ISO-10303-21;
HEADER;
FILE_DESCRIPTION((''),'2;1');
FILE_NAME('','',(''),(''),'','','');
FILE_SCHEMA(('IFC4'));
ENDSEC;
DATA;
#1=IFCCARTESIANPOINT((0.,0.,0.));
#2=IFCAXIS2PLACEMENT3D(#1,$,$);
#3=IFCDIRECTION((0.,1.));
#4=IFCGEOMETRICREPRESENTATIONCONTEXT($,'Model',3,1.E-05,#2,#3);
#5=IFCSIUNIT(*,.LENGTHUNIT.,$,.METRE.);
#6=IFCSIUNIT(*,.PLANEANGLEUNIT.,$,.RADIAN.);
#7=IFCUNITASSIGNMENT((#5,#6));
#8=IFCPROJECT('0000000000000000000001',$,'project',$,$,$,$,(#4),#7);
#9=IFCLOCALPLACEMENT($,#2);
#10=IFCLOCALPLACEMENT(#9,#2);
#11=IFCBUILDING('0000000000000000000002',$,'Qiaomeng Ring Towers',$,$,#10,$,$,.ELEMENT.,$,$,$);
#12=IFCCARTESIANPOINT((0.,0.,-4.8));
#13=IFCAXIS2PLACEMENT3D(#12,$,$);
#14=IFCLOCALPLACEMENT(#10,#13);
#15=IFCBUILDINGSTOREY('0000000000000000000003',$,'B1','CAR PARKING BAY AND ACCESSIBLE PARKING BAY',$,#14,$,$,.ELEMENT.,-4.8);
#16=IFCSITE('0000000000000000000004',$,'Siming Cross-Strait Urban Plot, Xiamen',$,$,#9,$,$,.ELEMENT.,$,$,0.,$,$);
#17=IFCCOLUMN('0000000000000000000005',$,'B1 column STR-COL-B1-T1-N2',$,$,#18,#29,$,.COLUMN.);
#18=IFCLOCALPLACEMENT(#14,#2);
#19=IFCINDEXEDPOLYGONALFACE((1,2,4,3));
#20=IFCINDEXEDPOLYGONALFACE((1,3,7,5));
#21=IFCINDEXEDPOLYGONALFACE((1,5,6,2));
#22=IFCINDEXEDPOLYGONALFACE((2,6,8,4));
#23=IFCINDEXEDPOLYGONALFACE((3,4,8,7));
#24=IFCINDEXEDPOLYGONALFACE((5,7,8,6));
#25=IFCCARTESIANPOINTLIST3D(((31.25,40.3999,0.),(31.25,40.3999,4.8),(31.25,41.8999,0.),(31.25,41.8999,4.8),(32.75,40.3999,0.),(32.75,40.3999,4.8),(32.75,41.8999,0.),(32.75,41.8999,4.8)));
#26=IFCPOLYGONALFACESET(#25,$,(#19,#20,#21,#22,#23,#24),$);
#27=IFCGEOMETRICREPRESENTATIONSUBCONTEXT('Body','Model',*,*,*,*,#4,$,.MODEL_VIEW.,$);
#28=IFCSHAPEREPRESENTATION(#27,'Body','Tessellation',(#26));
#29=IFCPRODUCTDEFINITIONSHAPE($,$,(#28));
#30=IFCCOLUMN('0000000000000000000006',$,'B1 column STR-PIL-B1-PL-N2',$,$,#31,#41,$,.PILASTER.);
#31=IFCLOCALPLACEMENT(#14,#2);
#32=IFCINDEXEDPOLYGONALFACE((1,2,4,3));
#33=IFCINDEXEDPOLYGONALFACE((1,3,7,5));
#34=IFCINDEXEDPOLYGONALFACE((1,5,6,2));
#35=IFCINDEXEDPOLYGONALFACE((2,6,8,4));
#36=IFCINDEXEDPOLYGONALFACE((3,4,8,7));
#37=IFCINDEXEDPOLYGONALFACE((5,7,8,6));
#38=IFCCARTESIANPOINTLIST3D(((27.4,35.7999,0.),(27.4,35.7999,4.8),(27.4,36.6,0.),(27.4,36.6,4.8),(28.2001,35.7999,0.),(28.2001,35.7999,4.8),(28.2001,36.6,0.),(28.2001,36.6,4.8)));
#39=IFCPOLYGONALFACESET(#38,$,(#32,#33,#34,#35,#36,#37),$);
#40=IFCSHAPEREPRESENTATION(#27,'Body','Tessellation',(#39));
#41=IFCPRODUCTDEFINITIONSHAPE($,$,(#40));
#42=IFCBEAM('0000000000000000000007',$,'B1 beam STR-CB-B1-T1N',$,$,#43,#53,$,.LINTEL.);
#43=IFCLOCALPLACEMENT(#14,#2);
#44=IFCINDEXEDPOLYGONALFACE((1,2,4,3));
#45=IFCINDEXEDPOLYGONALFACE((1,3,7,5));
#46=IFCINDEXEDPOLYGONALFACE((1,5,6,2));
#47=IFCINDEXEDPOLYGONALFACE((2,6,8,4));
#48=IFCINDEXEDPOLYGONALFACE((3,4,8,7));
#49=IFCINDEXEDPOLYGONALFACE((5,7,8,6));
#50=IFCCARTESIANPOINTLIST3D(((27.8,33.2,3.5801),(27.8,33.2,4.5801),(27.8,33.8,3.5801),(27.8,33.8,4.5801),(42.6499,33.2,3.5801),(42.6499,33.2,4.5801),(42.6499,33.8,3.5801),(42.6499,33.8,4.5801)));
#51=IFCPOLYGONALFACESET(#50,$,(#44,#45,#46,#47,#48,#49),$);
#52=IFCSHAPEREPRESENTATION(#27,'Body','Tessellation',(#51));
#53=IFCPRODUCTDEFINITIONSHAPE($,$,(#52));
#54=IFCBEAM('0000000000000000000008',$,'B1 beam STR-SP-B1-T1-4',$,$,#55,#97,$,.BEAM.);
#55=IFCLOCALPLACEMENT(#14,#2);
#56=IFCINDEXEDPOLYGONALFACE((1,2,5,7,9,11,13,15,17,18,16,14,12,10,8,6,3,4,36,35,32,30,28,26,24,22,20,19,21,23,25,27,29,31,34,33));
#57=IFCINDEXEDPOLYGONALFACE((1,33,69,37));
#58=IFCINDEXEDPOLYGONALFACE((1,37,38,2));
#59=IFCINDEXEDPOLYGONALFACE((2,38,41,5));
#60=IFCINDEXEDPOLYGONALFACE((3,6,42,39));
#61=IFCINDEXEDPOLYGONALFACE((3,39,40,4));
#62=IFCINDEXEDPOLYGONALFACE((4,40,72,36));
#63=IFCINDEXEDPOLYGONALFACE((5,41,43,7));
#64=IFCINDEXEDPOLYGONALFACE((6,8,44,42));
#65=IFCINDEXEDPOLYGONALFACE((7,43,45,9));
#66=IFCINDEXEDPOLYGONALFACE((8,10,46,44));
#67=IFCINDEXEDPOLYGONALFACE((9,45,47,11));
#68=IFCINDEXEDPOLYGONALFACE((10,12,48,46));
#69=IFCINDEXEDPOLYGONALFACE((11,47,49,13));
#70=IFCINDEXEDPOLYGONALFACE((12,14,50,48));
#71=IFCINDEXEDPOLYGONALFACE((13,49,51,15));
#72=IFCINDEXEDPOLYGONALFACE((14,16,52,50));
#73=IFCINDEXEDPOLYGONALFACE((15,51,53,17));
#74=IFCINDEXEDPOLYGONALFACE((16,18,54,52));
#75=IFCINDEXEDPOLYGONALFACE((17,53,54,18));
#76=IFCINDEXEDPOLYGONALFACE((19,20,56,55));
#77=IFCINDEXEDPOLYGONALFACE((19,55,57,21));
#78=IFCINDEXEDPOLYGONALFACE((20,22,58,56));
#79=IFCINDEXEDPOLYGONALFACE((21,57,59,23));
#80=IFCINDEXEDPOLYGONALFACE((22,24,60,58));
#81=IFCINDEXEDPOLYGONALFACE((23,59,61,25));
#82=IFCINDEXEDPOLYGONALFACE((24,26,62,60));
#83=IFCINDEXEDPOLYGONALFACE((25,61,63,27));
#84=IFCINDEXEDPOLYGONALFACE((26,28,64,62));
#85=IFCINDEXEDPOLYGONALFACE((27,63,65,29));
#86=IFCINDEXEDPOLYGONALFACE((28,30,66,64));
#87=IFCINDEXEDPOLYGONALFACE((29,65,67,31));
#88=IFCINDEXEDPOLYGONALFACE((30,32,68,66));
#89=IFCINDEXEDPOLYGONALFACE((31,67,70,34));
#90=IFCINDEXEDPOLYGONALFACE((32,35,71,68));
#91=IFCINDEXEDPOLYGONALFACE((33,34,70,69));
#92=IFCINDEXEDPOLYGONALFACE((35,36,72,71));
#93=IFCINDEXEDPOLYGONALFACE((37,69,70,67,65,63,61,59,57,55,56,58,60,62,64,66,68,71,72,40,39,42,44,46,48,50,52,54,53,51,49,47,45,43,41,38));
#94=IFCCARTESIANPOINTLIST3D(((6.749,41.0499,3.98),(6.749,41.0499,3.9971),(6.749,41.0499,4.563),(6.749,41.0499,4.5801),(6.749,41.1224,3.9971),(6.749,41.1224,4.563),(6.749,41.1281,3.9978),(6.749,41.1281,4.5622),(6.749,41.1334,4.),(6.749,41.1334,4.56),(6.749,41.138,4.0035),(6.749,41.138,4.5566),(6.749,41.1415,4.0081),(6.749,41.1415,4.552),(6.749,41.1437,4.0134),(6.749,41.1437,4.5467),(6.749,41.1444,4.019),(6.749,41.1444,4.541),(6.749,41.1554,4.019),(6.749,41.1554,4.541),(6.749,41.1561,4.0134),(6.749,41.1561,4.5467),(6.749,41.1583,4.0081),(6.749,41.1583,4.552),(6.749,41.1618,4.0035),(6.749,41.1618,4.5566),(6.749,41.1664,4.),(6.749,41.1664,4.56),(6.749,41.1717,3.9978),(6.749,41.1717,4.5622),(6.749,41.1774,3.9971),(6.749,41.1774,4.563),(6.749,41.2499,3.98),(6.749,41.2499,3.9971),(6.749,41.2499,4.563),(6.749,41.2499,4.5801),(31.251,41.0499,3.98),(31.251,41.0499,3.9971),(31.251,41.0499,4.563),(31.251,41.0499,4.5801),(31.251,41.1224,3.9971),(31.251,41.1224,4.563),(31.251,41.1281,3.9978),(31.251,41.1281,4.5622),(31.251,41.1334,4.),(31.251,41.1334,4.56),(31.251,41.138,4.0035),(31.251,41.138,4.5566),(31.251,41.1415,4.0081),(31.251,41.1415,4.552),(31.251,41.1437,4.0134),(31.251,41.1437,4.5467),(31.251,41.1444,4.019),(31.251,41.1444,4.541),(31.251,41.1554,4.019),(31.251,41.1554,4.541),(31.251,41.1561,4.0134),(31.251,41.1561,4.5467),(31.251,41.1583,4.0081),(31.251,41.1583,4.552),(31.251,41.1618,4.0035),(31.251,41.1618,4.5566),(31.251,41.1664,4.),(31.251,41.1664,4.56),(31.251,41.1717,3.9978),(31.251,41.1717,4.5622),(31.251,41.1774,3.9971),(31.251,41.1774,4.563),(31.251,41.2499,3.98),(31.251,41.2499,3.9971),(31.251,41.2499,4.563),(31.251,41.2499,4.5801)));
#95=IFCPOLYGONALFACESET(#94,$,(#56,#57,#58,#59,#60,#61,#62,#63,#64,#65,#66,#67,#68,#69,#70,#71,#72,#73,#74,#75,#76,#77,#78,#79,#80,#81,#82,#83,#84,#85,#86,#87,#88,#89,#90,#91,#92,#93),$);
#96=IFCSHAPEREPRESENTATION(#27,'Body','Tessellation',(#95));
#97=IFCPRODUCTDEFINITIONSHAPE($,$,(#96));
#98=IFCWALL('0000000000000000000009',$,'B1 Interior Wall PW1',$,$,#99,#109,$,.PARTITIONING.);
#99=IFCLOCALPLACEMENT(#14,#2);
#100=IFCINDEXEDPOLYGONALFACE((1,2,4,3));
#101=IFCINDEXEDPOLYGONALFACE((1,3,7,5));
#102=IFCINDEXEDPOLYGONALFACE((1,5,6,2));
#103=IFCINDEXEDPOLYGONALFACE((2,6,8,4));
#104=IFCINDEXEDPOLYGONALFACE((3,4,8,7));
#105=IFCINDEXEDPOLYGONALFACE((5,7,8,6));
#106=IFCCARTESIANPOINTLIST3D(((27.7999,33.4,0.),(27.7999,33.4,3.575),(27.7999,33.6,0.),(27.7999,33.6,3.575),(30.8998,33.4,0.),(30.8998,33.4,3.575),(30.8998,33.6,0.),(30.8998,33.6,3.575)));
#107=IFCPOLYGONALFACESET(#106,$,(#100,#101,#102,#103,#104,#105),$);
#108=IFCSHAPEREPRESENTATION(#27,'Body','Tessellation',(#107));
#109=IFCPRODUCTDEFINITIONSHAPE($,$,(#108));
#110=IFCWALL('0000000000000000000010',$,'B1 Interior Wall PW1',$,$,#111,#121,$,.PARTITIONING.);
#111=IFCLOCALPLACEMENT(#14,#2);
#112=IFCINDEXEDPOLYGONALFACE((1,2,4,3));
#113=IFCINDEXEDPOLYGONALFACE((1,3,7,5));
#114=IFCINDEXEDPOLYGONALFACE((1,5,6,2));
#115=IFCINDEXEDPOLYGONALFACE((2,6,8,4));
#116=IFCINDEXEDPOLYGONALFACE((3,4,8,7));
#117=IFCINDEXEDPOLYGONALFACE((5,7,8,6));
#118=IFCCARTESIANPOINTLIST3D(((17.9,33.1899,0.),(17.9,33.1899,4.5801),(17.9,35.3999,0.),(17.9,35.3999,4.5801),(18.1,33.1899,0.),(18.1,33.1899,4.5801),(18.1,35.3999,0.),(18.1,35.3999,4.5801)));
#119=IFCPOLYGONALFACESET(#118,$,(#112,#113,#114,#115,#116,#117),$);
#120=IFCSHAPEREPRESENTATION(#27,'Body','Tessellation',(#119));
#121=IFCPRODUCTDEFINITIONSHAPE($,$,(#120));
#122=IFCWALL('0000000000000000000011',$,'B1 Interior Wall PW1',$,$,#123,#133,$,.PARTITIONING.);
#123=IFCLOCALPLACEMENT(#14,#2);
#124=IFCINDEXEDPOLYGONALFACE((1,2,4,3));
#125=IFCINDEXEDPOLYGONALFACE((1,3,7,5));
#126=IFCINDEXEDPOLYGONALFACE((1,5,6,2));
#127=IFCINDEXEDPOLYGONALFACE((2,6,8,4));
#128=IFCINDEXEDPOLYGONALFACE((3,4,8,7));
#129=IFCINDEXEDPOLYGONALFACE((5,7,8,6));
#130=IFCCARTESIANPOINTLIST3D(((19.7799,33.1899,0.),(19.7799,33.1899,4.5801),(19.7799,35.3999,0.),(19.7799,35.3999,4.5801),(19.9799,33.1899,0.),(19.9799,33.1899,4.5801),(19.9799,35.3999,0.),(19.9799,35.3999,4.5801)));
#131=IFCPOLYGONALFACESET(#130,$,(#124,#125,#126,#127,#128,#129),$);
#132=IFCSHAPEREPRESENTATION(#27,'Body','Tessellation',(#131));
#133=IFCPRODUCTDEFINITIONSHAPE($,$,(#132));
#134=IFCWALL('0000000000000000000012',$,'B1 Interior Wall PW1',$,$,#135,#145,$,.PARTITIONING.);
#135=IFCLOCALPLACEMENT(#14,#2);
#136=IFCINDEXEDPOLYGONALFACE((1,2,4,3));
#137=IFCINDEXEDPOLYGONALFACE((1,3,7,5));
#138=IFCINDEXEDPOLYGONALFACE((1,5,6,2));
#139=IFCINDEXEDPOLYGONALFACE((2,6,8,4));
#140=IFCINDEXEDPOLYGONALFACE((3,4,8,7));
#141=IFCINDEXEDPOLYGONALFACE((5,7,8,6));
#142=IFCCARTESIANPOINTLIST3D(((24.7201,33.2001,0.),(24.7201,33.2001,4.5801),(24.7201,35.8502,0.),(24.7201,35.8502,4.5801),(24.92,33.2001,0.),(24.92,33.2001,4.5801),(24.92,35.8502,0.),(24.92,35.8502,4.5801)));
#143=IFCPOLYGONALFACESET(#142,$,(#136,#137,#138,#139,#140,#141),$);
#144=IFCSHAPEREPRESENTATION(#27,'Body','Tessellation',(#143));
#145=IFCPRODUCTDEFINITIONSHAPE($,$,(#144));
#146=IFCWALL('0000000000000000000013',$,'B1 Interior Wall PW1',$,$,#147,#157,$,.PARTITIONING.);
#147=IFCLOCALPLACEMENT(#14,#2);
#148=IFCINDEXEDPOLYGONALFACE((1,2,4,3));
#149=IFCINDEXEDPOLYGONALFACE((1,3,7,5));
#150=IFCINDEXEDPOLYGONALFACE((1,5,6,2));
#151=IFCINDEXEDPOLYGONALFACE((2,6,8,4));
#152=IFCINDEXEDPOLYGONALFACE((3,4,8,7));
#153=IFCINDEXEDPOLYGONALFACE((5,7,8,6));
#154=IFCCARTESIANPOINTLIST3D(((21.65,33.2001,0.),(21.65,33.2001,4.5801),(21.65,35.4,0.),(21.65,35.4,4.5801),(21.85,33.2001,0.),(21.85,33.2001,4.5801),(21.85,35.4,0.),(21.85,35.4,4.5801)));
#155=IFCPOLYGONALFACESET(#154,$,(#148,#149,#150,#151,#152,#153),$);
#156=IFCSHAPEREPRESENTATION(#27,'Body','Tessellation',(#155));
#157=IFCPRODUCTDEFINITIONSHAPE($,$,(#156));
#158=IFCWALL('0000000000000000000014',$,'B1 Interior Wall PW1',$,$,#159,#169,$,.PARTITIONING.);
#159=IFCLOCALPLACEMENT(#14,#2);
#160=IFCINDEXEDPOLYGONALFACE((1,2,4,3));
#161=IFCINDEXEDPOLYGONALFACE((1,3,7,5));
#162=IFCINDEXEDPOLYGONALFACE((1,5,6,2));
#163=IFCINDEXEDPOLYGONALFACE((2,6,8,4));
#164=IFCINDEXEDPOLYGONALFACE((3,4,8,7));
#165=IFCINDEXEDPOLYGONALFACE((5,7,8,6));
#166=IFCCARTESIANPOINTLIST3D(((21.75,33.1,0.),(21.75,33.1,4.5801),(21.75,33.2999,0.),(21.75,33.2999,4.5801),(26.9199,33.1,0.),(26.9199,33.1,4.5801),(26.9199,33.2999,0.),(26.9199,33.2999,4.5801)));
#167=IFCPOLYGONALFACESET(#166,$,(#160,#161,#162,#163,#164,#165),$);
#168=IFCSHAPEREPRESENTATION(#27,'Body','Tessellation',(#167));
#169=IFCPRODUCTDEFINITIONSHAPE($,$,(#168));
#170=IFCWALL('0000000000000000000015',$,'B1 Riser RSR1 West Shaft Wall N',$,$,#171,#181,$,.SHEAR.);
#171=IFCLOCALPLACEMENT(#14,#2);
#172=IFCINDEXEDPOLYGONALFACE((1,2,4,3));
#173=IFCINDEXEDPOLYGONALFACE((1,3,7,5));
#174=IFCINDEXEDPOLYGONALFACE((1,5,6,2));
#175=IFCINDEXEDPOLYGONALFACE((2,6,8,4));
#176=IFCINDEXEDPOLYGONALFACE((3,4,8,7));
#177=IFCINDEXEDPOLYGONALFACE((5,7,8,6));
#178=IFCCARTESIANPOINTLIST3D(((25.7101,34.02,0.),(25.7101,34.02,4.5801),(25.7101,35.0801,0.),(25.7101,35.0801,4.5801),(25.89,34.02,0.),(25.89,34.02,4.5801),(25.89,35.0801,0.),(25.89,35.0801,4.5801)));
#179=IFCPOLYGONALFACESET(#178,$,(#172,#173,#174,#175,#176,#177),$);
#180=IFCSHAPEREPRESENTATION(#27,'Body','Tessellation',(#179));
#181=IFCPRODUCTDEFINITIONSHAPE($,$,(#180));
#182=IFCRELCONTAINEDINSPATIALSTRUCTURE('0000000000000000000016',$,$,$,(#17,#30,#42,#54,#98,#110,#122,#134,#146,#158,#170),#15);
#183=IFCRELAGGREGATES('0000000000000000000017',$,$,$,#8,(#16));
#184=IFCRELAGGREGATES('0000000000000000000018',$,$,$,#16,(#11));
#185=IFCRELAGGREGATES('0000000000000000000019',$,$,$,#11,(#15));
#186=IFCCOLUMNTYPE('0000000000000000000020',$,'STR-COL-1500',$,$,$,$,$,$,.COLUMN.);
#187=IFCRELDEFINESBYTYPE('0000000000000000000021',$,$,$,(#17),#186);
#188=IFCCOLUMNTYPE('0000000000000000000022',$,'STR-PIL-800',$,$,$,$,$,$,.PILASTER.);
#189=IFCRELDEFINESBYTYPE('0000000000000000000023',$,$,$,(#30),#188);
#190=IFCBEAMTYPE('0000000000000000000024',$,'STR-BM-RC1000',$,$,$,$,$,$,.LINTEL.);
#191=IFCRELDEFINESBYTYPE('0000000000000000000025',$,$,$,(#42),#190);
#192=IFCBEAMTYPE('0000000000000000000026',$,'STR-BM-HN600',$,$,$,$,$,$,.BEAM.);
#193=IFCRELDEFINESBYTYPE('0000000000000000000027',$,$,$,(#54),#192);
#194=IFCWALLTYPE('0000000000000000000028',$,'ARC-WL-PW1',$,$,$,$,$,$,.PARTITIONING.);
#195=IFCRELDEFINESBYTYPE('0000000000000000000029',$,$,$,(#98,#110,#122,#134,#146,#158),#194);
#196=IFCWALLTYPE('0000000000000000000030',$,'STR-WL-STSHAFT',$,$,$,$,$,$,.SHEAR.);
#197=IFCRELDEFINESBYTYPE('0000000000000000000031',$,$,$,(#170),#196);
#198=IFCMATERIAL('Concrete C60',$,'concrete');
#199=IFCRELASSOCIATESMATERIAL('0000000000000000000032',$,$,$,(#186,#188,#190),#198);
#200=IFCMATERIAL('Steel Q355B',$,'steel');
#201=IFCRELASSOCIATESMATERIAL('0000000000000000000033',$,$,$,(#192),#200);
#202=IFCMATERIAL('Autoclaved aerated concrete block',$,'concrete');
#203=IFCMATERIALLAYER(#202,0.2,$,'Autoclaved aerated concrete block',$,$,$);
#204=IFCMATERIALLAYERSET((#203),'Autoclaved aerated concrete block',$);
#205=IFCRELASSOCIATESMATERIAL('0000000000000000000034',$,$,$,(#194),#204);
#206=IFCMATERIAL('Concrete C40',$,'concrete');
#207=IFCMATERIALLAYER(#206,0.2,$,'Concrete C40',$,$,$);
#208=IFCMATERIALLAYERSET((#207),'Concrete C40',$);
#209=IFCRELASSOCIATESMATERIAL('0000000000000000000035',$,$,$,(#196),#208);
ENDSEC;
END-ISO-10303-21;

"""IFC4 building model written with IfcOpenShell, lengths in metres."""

from ifc_helpers import new_model, si_unit, direction, frame, frame_2d, origin, origin_2d, place, context, subcontext, project, spatial, rectangle, i_section, extrude, source, transform, mapped, material, layer, layer_set, material_profile, profile_set, type_object, element, save


model = new_model("IFC4")

# Units and contexts
model_context = context("Model", 3, precision=1e-05, world=origin(), true_north=direction((0.0, 1.0)))
body_context = subcontext(model_context, "Body", "Model", "MODEL_VIEW")
ifc_project = project(units=[si_unit("LENGTHUNIT", "METRE"), si_unit("PLANEANGLEUNIT", "RADIAN")], contexts=[model_context])

# Site, building, storey
site_placement = place(None, origin())
site = spatial("IfcSite", under=ifc_project, at=site_placement, Name="Siming Cross-Strait Urban Plot, Xiamen", CompositionType="ELEMENT", RefElevation=0.0)
building_placement = place(site_placement, origin())
building = spatial("IfcBuilding", under=site, at=building_placement, Name="Qiaomeng Ring Towers", CompositionType="ELEMENT")
storey_placement = place(building_placement, frame((0.0, 0.0, -4.8)))
storey = spatial("IfcBuildingStorey", under=building, at=storey_placement, Name="B1", Description="CAR PARKING BAY AND ACCESSIBLE PARKING BAY", CompositionType="ELEMENT", Elevation=-4.8)

# Columns
ifc_material_1 = material(Name="Concrete C60", Category="concrete")
ifc_material_profile_1 = material_profile(ifc_material_1, rectangle(XDim=1.5, YDim=1.5, at=origin_2d()), Name="RC COL 1500x1500")
ifc_profile_set_1 = profile_set([ifc_material_profile_1], Name="Concrete C60")
column_type_1 = type_object("IfcColumnType", Name="STR-COL-1500", PredefinedType="COLUMN", material=ifc_profile_set_1)
shared_shape_1 = source(origin(), body_context, "Body", "SweptSolid", [
    extrude(rectangle(XDim=1.5, YDim=1.5, at=origin_2d()), origin(), (0.0, 0.0, 1.0), 4.8),
])
column_1_placement = place(storey_placement, frame((32.0, 41.1499, 0.0), z_axis=(0.0, 0.0, 1.0), x_axis=(1.0, 0.0, 0.0)))
element("IfcColumn", 1, at=column_1_placement, inside=storey, type_object=column_type_1, Name="B1 column STR-COL-B1-T1-N2", PredefinedType="COLUMN", context=body_context, shape_type="MappedRepresentation", body=[
    mapped(shared_shape_1, transform((0.0, 0.0, 0.0), x_axis=(1.0, 0.0, 0.0), y_axis=(0.0, 1.0, 0.0), z_axis=(0.0, 0.0, 1.0), scale=1.0)),
])
ifc_material_profile_2 = material_profile(ifc_material_1, rectangle(XDim=0.8, YDim=0.8, at=origin_2d()), Name="RC COL 800x800")
ifc_profile_set_2 = profile_set([ifc_material_profile_2], Name="Concrete C60")
column_type_2 = type_object("IfcColumnType", Name="STR-PIL-800", PredefinedType="PILASTER", material=ifc_profile_set_2)
shared_shape_2 = source(origin(), body_context, "Body", "SweptSolid", [
    extrude(rectangle(XDim=0.8, YDim=0.8, at=origin_2d()), origin(), (0.0, 0.0, 1.0), 4.8),
])
column_2_placement = place(storey_placement, frame((27.8, 36.2, 0.0), z_axis=(0.0, 0.0, 1.0), x_axis=(1.0, 0.0, 0.0)))
element("IfcColumn", 2, at=column_2_placement, inside=storey, type_object=column_type_2, Name="B1 column STR-PIL-B1-PL-N2", PredefinedType="PILASTER", context=body_context, shape_type="MappedRepresentation", body=[
    mapped(shared_shape_2, transform((0.0, 0.0, 0.0), x_axis=(1.0, 0.0, 0.0), y_axis=(0.0, 1.0, 0.0), z_axis=(0.0, 0.0, 1.0), scale=1.0)),
])

# Beams
ifc_material_profile_3 = material_profile(ifc_material_1, rectangle(XDim=0.6001, YDim=1.0, at=origin_2d()), Name="RC BM 600x1000")
ifc_profile_set_3 = profile_set([ifc_material_profile_3], Name="Concrete C60")
beam_type_1 = type_object("IfcBeamType", Name="STR-BM-RC1000", PredefinedType="LINTEL", material=ifc_profile_set_3)
shared_shape_3 = source(origin(), body_context, "Body", "SweptSolid", [
    extrude(rectangle(XDim=0.6001, YDim=1.0, at=origin_2d()), origin(), (0.0, 0.0, 1.0), 14.8499),
])
beam_1_placement = place(storey_placement, frame((27.8, 33.5, 4.0801), z_axis=(1.0, 0.0, 0.0), x_axis=(0.0, 1.0, 0.0)))
element("IfcBeam", 3, at=beam_1_placement, inside=storey, type_object=beam_type_1, Name="B1 beam STR-CB-B1-T1N", PredefinedType="LINTEL", context=body_context, shape_type="MappedRepresentation", body=[
    mapped(shared_shape_3, transform((0.0, 0.0, 0.0), x_axis=(1.0, 0.0, 0.0), y_axis=(0.0, 1.0, 0.0), z_axis=(0.0, 0.0, 1.0), scale=1.0)),
])
ifc_material_2 = material(Name="Steel Q355B", Category="steel")
ifc_material_profile_4 = material_profile(ifc_material_2, i_section(OverallWidth=0.2, OverallDepth=0.6001, WebThickness=0.011, FlangeThickness=0.0171, FilletRadius=0.022, at=origin_2d()), Name="HN 600x200x11x17")
ifc_profile_set_4 = profile_set([ifc_material_profile_4], Name="Steel Q355B")
beam_type_2 = type_object("IfcBeamType", Name="STR-BM-HN600", PredefinedType="BEAM", material=ifc_profile_set_4)
shared_shape_4 = source(origin(), body_context, "Body", "SweptSolid", [
    extrude(i_section(OverallWidth=0.2, OverallDepth=0.6001, WebThickness=0.011, FlangeThickness=0.0171, FilletRadius=0.022, at=origin_2d()), origin(), (0.0, 0.0, 1.0), 24.502),
])
beam_2_placement = place(storey_placement, frame((31.251, 41.1499, 4.28), z_axis=(-1.0, 0.0, 0.0), x_axis=(0.0, -1.0, 0.0)))
element("IfcBeam", 4, at=beam_2_placement, inside=storey, type_object=beam_type_2, Name="B1 beam STR-SP-B1-T1-4", PredefinedType="BEAM", context=body_context, shape_type="MappedRepresentation", body=[
    mapped(shared_shape_4, transform((0.0, 0.0, 0.0), x_axis=(1.0, 0.0, 0.0), y_axis=(0.0, 1.0, 0.0), z_axis=(0.0, 0.0, 1.0), scale=1.0)),
])

# Walls
ifc_material_3 = material(Name="Autoclaved aerated concrete block", Category="concrete")
ifc_layer_1 = layer(ifc_material_3, 0.2, Name="Autoclaved aerated concrete block")
ifc_layer_set_1 = layer_set([ifc_layer_1], Name="Autoclaved aerated concrete block")
wall_type_1 = type_object("IfcWallType", Name="ARC-WL-PW1", PredefinedType="PARTITIONING", material=ifc_layer_set_1)
wall_1_placement = place(storey_placement, frame((27.8, 33.5, 0.0), z_axis=(0.0, 0.0, 1.0), x_axis=(1.0, 0.0, 0.0)))
element("IfcWall", 5, at=wall_1_placement, inside=storey, type_object=wall_type_1, Name="B1 Interior Wall PW1", PredefinedType="PARTITIONING", context=body_context, shape_type="SweptSolid", body=[
    extrude(rectangle(XDim=3.0999, YDim=0.2, at=frame_2d((1.5498, 0.0))), origin(), (0.0, 0.0, 1.0), 3.575),
])
for number, where, z_axis, x_axis, name in (
    (6, (18.0, 33.1899, 0.0), (0.0, 0.0, 1.0), (0.0, 1.0, 0.0), "B1 Interior Wall PW1"),
    (7, (19.8799, 33.1899, 0.0), (0.0, 0.0, 1.0), (0.0, 1.0, 0.0), "B1 Interior Wall PW1"),
):
    element("IfcWall", number, at=place(storey_placement, frame(where, z_axis=z_axis, x_axis=x_axis)), inside=storey, type_object=wall_type_1, Name=name, PredefinedType="PARTITIONING", context=body_context, shape_type="SweptSolid", body=[
        extrude(rectangle(XDim=2.21, YDim=0.2, at=frame_2d((1.105, 0.0))), origin(), (0.0, 0.0, 1.0), 4.5801),
    ])
wall_2_placement = place(storey_placement, frame((24.8201, 33.2, 0.0), z_axis=(0.0, 0.0, 1.0), x_axis=(0.0, 1.0, 0.0)))
element("IfcWall", 8, at=wall_2_placement, inside=storey, type_object=wall_type_1, Name="B1 Interior Wall PW1", PredefinedType="PARTITIONING", context=body_context, shape_type="SweptSolid", body=[
    extrude(rectangle(XDim=2.6501, YDim=0.2, at=frame_2d((1.3252, 0.0))), origin(), (0.0, 0.0, 1.0), 4.5801),
])
wall_3_placement = place(storey_placement, frame((21.75, 33.2, 0.0), z_axis=(0.0, 0.0, 1.0), x_axis=(0.0, 1.0, 0.0)))
element("IfcWall", 9, at=wall_3_placement, inside=storey, type_object=wall_type_1, Name="B1 Interior Wall PW1", PredefinedType="PARTITIONING", context=body_context, shape_type="SweptSolid", body=[
    extrude(rectangle(XDim=2.2, YDim=0.2, at=frame_2d((1.1001, 0.0))), origin(), (0.0, 0.0, 1.0), 4.5801),
])
wall_4_placement = place(storey_placement, frame((21.75, 33.2, 0.0), z_axis=(0.0, 0.0, 1.0), x_axis=(1.0, 0.0, 0.0)))
element("IfcWall", 10, at=wall_4_placement, inside=storey, type_object=wall_type_1, Name="B1 Interior Wall PW1", PredefinedType="PARTITIONING", context=body_context, shape_type="SweptSolid", body=[
    extrude(rectangle(XDim=5.1699, YDim=0.2, at=frame_2d((2.585, 0.0))), origin(), (0.0, 0.0, 1.0), 4.5801),
])
ifc_material_4 = material(Name="Concrete C40", Category="concrete")
ifc_layer_2 = layer(ifc_material_4, 0.2, Name="Concrete C40")
ifc_layer_set_2 = layer_set([ifc_layer_2], Name="Concrete C40")
wall_type_2 = type_object("IfcWallType", Name="STR-WL-STSHAFT", PredefinedType="SHEAR", material=ifc_layer_set_2)
wall_5_placement = place(storey_placement, frame((25.8, 34.02, 0.0), z_axis=(0.0, 0.0, 1.0), x_axis=(0.0, 1.0, 0.0)))
element("IfcWall", 11, at=wall_5_placement, inside=storey, type_object=wall_type_2, Name="B1 Riser RSR1 West Shaft Wall N", PredefinedType="SHEAR", context=body_context, shape_type="SweptSolid", body=[
    extrude(rectangle(XDim=1.0601, YDim=0.1799, at=frame_2d((0.53, 0.0))), origin(), (0.0, 0.0, 1.0), 4.5801),
])

save(model, "model.ifc")
